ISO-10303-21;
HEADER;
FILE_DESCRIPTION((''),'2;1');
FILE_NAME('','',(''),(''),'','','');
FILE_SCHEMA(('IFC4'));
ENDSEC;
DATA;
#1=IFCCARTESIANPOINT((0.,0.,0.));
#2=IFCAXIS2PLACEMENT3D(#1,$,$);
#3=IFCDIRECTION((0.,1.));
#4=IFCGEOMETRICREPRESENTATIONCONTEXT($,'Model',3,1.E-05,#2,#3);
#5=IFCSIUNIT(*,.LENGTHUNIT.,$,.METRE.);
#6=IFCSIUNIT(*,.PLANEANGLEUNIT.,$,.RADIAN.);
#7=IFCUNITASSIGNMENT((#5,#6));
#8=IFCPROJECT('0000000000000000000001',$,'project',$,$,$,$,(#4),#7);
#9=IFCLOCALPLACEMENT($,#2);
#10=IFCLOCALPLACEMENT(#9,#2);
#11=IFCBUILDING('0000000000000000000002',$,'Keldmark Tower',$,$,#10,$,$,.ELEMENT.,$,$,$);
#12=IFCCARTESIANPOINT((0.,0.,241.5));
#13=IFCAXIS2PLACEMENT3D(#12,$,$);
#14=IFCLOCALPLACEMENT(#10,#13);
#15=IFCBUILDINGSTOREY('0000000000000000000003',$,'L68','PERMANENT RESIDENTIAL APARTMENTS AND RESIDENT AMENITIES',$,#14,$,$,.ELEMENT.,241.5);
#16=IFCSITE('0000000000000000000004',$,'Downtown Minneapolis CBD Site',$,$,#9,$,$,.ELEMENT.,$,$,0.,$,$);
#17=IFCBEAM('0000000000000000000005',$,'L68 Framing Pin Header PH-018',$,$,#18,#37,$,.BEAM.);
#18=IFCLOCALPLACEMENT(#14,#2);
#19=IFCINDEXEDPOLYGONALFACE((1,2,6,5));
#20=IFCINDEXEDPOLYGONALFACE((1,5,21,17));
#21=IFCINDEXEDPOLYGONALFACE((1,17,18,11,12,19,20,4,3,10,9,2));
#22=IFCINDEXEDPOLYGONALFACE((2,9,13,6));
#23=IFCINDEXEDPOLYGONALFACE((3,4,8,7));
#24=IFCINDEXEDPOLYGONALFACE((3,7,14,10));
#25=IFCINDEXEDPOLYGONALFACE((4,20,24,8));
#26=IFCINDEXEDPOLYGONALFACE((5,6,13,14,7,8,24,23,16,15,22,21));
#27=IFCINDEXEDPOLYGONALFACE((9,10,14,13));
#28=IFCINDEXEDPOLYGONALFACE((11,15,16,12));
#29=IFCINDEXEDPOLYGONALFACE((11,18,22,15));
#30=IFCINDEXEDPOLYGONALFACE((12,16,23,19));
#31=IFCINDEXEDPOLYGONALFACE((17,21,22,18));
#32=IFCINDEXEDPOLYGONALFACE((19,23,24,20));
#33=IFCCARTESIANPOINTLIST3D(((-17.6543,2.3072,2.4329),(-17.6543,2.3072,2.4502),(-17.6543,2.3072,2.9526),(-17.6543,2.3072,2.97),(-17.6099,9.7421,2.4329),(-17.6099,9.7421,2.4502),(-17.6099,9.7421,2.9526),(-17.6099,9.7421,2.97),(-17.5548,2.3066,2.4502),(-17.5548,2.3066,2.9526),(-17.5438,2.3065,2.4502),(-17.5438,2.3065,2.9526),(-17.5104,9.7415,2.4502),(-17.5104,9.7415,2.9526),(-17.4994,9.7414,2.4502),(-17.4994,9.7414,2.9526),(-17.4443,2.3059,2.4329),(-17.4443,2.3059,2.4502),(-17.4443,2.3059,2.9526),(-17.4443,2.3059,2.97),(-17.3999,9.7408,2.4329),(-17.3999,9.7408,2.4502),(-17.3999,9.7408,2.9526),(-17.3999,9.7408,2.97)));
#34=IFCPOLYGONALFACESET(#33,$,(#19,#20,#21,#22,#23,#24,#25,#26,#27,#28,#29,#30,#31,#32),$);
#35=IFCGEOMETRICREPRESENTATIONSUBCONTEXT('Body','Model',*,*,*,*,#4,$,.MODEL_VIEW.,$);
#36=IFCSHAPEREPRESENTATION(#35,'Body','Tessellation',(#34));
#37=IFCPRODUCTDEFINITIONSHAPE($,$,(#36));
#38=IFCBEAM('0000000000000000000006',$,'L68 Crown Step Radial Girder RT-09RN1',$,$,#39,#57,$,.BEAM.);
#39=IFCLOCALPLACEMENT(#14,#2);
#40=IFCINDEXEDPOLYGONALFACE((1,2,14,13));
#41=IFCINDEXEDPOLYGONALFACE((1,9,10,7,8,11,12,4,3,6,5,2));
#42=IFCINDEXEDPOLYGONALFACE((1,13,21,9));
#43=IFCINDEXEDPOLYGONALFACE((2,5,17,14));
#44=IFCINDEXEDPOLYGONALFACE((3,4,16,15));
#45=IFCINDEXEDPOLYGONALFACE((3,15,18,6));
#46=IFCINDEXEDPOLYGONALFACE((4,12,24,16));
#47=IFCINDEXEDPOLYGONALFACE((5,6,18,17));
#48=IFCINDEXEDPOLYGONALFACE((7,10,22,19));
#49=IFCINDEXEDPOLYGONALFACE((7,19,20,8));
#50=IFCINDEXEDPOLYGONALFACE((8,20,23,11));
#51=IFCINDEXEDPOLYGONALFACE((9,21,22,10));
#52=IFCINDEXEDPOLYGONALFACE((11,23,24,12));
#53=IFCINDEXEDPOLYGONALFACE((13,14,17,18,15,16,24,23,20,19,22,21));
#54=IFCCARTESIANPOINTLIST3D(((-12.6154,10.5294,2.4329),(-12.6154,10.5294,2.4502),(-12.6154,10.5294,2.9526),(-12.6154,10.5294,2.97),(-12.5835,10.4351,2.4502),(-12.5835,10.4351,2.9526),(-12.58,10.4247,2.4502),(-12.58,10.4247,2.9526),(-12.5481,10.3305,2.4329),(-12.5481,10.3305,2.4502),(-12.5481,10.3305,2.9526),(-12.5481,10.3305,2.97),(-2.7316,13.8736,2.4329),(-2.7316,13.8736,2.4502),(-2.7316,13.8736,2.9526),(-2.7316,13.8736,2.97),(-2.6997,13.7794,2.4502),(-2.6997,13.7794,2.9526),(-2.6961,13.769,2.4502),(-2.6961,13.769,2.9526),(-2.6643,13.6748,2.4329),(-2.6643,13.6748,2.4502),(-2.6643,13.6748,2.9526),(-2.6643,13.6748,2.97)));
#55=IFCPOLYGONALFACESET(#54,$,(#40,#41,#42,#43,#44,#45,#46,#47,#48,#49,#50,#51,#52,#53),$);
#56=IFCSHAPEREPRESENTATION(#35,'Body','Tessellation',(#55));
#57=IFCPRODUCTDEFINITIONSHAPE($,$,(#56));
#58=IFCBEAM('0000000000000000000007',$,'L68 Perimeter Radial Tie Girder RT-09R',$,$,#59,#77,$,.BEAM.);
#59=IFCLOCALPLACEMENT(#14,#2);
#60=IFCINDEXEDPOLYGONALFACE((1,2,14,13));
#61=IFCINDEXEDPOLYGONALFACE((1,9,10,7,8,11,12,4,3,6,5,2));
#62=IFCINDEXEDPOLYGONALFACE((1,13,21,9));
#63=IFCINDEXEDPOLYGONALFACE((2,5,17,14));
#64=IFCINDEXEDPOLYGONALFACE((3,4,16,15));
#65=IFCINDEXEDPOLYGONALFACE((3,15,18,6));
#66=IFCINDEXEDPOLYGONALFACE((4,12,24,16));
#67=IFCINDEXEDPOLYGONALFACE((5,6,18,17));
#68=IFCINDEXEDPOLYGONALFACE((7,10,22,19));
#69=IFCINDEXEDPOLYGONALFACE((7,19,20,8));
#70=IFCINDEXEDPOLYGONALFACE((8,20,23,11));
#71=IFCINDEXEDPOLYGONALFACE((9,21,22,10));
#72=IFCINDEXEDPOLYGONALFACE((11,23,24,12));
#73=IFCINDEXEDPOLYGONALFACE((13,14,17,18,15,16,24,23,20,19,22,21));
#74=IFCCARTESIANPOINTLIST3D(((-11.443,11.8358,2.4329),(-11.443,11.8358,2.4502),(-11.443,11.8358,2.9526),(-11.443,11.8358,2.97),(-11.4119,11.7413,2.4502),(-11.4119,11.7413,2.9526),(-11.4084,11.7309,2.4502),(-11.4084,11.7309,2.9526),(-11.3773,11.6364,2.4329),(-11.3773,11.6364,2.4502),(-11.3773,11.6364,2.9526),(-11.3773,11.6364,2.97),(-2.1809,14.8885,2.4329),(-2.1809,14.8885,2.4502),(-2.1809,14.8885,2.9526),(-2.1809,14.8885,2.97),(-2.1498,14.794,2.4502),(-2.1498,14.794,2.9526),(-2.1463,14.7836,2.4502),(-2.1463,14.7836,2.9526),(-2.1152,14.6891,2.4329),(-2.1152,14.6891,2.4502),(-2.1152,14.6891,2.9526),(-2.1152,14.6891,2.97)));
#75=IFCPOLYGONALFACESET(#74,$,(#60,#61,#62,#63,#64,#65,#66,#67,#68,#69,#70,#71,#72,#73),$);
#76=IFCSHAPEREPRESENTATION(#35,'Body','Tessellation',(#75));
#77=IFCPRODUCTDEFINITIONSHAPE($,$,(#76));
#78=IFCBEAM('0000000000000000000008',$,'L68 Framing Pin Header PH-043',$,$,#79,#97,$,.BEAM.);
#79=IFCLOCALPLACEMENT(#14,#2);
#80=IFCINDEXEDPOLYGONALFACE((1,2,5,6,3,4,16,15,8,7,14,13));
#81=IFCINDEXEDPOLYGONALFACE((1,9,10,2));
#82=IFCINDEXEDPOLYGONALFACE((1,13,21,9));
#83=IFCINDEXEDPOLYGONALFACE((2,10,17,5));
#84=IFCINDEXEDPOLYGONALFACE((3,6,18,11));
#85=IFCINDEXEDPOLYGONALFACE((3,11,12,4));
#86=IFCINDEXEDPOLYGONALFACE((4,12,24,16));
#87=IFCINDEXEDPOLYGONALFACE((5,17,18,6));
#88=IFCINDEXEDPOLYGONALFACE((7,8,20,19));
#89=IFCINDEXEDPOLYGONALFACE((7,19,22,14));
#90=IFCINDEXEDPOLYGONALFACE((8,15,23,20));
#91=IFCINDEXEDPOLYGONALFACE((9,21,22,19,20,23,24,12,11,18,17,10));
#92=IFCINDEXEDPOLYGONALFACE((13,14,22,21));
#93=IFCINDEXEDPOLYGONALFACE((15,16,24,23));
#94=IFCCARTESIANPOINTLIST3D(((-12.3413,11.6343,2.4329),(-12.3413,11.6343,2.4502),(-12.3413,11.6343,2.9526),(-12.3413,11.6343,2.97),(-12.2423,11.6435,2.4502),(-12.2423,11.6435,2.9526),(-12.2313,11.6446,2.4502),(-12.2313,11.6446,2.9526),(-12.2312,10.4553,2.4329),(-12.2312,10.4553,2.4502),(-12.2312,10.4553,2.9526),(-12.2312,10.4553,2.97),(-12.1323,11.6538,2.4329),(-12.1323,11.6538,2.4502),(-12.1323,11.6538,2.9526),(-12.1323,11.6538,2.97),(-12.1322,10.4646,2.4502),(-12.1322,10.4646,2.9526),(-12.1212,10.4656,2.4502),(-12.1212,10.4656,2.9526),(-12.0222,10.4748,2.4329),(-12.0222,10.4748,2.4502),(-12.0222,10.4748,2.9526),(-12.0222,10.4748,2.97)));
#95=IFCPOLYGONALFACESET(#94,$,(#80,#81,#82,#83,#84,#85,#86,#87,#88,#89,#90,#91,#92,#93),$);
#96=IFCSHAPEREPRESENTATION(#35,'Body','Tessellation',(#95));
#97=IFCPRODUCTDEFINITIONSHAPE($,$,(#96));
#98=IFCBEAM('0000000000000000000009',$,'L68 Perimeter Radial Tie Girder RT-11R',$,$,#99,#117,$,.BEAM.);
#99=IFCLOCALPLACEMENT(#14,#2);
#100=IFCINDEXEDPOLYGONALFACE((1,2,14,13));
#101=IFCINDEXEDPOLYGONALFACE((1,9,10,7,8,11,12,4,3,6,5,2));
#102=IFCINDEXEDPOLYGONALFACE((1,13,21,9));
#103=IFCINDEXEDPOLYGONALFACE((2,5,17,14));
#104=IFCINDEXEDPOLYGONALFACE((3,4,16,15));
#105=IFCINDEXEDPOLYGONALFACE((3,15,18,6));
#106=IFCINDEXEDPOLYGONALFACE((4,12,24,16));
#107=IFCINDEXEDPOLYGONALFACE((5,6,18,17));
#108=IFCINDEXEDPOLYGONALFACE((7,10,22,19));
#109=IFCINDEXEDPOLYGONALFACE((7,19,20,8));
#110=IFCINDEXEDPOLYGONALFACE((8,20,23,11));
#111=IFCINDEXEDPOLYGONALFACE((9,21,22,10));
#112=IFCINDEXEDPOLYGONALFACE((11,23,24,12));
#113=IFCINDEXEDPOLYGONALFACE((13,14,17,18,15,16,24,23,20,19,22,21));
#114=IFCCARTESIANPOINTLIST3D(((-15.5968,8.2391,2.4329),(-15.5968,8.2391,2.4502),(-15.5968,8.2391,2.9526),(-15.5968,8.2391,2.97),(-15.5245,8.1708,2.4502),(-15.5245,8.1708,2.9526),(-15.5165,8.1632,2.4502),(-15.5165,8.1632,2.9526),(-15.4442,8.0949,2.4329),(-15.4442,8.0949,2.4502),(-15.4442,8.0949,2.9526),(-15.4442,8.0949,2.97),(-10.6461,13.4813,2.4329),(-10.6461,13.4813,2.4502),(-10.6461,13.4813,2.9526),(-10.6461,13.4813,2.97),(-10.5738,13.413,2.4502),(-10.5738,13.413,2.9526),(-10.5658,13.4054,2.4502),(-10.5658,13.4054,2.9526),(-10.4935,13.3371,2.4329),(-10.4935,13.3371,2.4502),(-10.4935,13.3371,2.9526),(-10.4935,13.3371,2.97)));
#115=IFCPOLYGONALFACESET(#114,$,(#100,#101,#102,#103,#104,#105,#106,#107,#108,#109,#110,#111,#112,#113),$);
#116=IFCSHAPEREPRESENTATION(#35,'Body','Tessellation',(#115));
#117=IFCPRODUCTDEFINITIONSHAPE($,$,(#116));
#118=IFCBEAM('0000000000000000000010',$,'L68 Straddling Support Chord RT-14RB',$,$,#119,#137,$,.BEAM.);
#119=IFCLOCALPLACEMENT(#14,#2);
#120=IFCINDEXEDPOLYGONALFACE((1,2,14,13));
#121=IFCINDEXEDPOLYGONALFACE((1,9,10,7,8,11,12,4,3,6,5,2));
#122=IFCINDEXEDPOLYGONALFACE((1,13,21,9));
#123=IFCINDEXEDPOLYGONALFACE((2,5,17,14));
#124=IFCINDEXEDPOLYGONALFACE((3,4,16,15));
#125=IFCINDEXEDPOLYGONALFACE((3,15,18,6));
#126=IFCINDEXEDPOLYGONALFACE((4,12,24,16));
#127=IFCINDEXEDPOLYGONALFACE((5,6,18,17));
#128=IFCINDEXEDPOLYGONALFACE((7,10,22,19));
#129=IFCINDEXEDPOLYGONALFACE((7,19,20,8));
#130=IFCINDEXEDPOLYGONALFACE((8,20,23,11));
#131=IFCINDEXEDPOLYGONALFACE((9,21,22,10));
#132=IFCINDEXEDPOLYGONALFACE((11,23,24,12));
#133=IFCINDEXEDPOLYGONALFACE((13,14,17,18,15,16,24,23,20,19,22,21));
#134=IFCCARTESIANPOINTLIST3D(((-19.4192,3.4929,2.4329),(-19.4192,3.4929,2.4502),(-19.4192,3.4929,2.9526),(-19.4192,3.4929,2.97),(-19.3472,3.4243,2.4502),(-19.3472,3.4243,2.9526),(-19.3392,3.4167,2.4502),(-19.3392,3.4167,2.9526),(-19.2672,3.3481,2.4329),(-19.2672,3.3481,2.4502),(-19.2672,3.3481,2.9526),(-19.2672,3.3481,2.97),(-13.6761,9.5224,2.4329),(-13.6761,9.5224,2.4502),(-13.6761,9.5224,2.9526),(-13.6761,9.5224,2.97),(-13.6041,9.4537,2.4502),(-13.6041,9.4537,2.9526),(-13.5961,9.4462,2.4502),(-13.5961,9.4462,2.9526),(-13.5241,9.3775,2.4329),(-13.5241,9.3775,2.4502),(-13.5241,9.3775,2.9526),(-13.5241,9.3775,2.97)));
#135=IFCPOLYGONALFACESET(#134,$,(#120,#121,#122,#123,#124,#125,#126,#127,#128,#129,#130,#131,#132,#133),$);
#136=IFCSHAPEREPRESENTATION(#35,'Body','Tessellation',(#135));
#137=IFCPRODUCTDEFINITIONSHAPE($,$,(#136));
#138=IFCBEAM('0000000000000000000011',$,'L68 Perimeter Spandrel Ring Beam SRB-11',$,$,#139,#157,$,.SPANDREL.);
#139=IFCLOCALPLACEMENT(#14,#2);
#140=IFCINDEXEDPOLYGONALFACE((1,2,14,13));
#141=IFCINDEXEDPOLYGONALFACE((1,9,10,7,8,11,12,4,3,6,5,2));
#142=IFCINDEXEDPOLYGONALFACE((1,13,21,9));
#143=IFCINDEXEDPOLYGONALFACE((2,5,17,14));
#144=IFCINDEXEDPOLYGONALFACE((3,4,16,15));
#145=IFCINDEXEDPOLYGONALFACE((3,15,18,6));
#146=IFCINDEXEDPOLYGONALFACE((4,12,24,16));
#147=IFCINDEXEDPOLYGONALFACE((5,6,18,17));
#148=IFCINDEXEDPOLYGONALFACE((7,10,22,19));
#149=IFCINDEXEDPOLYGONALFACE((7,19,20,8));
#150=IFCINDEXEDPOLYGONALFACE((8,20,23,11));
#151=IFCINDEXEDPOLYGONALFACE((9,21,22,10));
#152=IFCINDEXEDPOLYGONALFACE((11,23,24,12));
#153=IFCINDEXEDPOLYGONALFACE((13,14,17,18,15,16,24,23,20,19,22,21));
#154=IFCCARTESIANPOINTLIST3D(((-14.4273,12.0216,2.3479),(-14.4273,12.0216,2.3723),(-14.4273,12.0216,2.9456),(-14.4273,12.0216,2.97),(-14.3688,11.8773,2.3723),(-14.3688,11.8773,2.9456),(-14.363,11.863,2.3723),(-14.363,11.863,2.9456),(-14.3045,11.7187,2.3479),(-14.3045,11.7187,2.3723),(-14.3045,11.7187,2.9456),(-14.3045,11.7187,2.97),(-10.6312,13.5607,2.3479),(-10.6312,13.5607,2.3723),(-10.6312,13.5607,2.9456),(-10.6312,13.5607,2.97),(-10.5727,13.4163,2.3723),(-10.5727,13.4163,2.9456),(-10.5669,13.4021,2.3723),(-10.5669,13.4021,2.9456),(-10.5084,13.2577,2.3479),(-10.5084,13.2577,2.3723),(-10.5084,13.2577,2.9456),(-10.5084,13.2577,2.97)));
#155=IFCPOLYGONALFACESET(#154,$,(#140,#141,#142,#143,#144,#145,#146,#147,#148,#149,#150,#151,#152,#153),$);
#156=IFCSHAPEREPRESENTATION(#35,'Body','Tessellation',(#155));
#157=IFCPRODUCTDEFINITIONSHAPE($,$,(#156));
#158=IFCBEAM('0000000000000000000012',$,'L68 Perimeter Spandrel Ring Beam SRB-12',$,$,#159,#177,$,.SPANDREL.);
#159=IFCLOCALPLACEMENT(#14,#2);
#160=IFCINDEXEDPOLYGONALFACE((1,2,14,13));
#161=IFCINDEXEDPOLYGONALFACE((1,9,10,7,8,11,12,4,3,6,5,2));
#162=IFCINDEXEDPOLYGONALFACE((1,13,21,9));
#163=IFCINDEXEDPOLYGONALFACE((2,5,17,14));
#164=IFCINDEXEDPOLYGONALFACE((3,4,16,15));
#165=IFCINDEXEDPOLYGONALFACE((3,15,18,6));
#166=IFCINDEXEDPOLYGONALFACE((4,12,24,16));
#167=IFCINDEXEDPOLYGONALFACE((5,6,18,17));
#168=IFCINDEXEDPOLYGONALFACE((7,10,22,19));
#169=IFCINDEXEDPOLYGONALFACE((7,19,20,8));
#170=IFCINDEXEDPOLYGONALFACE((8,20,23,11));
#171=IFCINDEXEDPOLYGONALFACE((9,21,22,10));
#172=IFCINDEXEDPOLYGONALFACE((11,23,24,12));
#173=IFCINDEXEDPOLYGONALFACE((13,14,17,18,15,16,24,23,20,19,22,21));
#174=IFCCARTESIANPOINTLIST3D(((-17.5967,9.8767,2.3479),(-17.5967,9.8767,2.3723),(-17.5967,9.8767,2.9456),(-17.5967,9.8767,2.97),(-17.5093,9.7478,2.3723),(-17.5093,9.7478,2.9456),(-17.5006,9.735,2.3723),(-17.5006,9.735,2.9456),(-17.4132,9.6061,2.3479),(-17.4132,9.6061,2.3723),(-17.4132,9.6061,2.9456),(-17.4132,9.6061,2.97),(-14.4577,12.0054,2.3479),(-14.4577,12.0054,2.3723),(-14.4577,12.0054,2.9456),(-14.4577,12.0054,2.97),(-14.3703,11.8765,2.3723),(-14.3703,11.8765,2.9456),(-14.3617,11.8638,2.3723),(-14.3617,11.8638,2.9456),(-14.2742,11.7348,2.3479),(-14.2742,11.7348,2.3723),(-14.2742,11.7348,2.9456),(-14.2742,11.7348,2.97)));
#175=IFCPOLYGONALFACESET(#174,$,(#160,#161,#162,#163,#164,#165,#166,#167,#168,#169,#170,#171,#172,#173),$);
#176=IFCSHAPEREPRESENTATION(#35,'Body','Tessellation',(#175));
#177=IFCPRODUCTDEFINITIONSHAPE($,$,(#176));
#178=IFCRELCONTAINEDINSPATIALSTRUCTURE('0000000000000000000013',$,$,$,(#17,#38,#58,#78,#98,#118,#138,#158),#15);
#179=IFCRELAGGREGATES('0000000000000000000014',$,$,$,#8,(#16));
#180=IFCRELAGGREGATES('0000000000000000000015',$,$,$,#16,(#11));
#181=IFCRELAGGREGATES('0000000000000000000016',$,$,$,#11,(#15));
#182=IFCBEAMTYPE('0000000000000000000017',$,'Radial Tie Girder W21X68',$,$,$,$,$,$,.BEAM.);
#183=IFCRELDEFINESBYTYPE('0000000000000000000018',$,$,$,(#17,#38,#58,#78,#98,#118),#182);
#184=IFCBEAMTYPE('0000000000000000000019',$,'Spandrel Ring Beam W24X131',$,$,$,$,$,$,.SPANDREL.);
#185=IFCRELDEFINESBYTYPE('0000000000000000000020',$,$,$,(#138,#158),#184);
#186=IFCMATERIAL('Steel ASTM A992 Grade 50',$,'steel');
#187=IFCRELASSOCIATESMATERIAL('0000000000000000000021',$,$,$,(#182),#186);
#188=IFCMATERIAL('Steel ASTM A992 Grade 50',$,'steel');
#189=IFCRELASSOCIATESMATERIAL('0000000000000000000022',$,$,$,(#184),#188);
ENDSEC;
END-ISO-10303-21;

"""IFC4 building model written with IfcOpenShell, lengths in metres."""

from ifc_helpers import new_model, si_unit, direction, frame, origin, origin_2d, place, context, subcontext, project, spatial, i_section, extrude, material, material_profile, profile_set, type_object, element, save


model = new_model("IFC4")

# Units and contexts
model_context = context("Model", 3, precision=1e-05, world=origin(), true_north=direction((0.0, 1.0)))
body_context = subcontext(model_context, "Body", "Model", "MODEL_VIEW")
ifc_project = project(units=[si_unit("LENGTHUNIT", "METRE"), si_unit("PLANEANGLEUNIT", "RADIAN")], contexts=[model_context])

# Site, building, storey
site_placement = place(None, origin())
site = spatial("IfcSite", under=ifc_project, at=site_placement, Name="Downtown Minneapolis CBD Site", CompositionType="ELEMENT", RefElevation=0.0)
building_placement = place(site_placement, origin())
building = spatial("IfcBuilding", under=site, at=building_placement, Name="Keldmark Tower", CompositionType="ELEMENT")
storey_placement = place(building_placement, frame((0.0, 0.0, 241.5)))
storey = spatial("IfcBuildingStorey", under=building, at=storey_placement, Name="L68", Description="PERMANENT RESIDENTIAL APARTMENTS AND RESIDENT AMENITIES", CompositionType="ELEMENT", Elevation=241.5)

# Beams
ifc_material_1 = material(Name="Steel ASTM A992 Grade 50", Category="steel")
ifc_material_profile_1 = material_profile(ifc_material_1, i_section(OverallWidth=0.21, OverallDepth=0.5371, WebThickness=0.011, FlangeThickness=0.0173, at=origin_2d()), Name="W21X68")
ifc_profile_set_1 = profile_set([ifc_material_profile_1], Name="Steel ASTM A992 Grade 50")
beam_type_1 = type_object("IfcBeamType", Name="Radial Tie Girder W21X68", PredefinedType="BEAM", material=ifc_profile_set_1)
beam_1_placement = place(storey_placement, frame((-17.5049, 9.7415, 2.7014), z_axis=(-0.005976, -0.999982, 0.0), x_axis=(0.999982, -0.005976, 0.0)))
element("IfcBeam", 1, at=beam_1_placement, inside=storey, type_object=beam_type_1, Name="L68 Framing Pin Header PH-018", PredefinedType="BEAM", context=body_context, shape_type="SweptSolid", body=[
    extrude(i_section(OverallWidth=0.21, OverallDepth=0.5371, WebThickness=0.011, FlangeThickness=0.0173, at=origin_2d()), origin(), (0.0, 0.0, 1.0), 7.4351),
])
beam_2_placement = place(storey_placement, frame((-12.5818, 10.4299, 2.7014), z_axis=(0.947246, 0.320506, 0.0), x_axis=(-0.320506, 0.947246, 0.0)))
element("IfcBeam", 2, at=beam_2_placement, inside=storey, type_object=beam_type_1, Name="L68 Crown Step Radial Girder RT-09RN1", PredefinedType="BEAM", context=body_context, shape_type="SweptSolid", body=[
    extrude(i_section(OverallWidth=0.21, OverallDepth=0.5371, WebThickness=0.011, FlangeThickness=0.0173, at=origin_2d()), origin(), (0.0, 0.0, 1.0), 10.4343),
])
beam_3_placement = place(storey_placement, frame((-11.4102, 11.7361, 2.7014), z_axis=(0.949744, 0.313027, 0.0), x_axis=(-0.313027, 0.949744, 0.0)))
element("IfcBeam", 3, at=beam_3_placement, inside=storey, type_object=beam_type_1, Name="L68 Perimeter Radial Tie Girder RT-09R", PredefinedType="BEAM", context=body_context, shape_type="SweptSolid", body=[
    extrude(i_section(OverallWidth=0.21, OverallDepth=0.5371, WebThickness=0.011, FlangeThickness=0.0173, at=origin_2d()), origin(), (0.0, 0.0, 1.0), 9.7522),
])
beam_4_placement = place(storey_placement, frame((-12.1267, 10.4651, 2.7014), z_axis=(-0.092989, 0.995667, 0.0), x_axis=(-0.995667, -0.092989, 0.0)))
element("IfcBeam", 4, at=beam_4_placement, inside=storey, type_object=beam_type_1, Name="L68 Framing Pin Header PH-043", PredefinedType="BEAM", context=body_context, shape_type="SweptSolid", body=[
    extrude(i_section(OverallWidth=0.21, OverallDepth=0.5371, WebThickness=0.011, FlangeThickness=0.0173, at=origin_2d()), origin(), (0.0, 0.0, 1.0), 1.1841),
])
beam_5_placement = place(storey_placement, frame((-15.5205, 8.167, 2.7014), z_axis=(0.686604, 0.727032, 0.0), x_axis=(-0.727032, 0.686604, 0.0)))
element("IfcBeam", 5, at=beam_5_placement, inside=storey, type_object=beam_type_1, Name="L68 Perimeter Radial Tie Girder RT-11R", PredefinedType="BEAM", context=body_context, shape_type="SweptSolid", body=[
    extrude(i_section(OverallWidth=0.21, OverallDepth=0.5371, WebThickness=0.011, FlangeThickness=0.0173, at=origin_2d()), origin(), (0.0, 0.0, 1.0), 7.2104),
])
beam_6_placement = place(storey_placement, frame((-13.6001, 9.45, 2.7014), z_axis=(-0.689702, -0.724093, 0.0), x_axis=(0.724093, -0.689702, 0.0)))
element("IfcBeam", 6, at=beam_6_placement, inside=storey, type_object=beam_type_1, Name="L68 Straddling Support Chord RT-14RB", PredefinedType="BEAM", context=body_context, shape_type="SweptSolid", body=[
    extrude(i_section(OverallWidth=0.21, OverallDepth=0.5371, WebThickness=0.011, FlangeThickness=0.0173, at=origin_2d()), origin(), (0.0, 0.0, 1.0), 8.3269),
])
ifc_material_2 = material(Name="Steel ASTM A992 Grade 50", Category="steel")
ifc_material_profile_2 = material_profile(ifc_material_2, i_section(OverallWidth=0.3269, OverallDepth=0.6221, WebThickness=0.0154, FlangeThickness=0.0244, at=origin_2d()), Name="W24X131")
ifc_profile_set_2 = profile_set([ifc_material_profile_2], Name="Steel ASTM A992 Grade 50")
beam_type_2 = type_object("IfcBeamType", Name="Spandrel Ring Beam W24X131", PredefinedType="SPANDREL", material=ifc_profile_set_2)
beam_7_placement = place(storey_placement, frame((-10.5698, 13.4092, 2.6589), z_axis=(-0.926732, -0.375723, 0.0), x_axis=(0.375723, -0.926732, 0.0)))
element("IfcBeam", 7, at=beam_7_placement, inside=storey, type_object=beam_type_2, Name="L68 Perimeter Spandrel Ring Beam SRB-11", PredefinedType="SPANDREL", context=body_context, shape_type="SweptSolid", body=[
    extrude(i_section(OverallWidth=0.3269, OverallDepth=0.6221, WebThickness=0.0154, FlangeThickness=0.0244, at=origin_2d()), origin(), (0.0, 0.0, 1.0), 4.0962),
])
beam_8_placement = place(storey_placement, frame((-14.366, 11.8701, 2.6589), z_axis=(-0.827637, -0.561264, 0.0), x_axis=(0.561264, -0.827637, 0.0)))
element("IfcBeam", 8, at=beam_8_placement, inside=storey, type_object=beam_type_2, Name="L68 Perimeter Spandrel Ring Beam SRB-12", PredefinedType="SPANDREL", context=body_context, shape_type="SweptSolid", body=[
    extrude(i_section(OverallWidth=0.3269, OverallDepth=0.6221, WebThickness=0.0154, FlangeThickness=0.0244, at=origin_2d()), origin(), (0.0, 0.0, 1.0), 3.7927),
])

save(model, "model.ifc")
